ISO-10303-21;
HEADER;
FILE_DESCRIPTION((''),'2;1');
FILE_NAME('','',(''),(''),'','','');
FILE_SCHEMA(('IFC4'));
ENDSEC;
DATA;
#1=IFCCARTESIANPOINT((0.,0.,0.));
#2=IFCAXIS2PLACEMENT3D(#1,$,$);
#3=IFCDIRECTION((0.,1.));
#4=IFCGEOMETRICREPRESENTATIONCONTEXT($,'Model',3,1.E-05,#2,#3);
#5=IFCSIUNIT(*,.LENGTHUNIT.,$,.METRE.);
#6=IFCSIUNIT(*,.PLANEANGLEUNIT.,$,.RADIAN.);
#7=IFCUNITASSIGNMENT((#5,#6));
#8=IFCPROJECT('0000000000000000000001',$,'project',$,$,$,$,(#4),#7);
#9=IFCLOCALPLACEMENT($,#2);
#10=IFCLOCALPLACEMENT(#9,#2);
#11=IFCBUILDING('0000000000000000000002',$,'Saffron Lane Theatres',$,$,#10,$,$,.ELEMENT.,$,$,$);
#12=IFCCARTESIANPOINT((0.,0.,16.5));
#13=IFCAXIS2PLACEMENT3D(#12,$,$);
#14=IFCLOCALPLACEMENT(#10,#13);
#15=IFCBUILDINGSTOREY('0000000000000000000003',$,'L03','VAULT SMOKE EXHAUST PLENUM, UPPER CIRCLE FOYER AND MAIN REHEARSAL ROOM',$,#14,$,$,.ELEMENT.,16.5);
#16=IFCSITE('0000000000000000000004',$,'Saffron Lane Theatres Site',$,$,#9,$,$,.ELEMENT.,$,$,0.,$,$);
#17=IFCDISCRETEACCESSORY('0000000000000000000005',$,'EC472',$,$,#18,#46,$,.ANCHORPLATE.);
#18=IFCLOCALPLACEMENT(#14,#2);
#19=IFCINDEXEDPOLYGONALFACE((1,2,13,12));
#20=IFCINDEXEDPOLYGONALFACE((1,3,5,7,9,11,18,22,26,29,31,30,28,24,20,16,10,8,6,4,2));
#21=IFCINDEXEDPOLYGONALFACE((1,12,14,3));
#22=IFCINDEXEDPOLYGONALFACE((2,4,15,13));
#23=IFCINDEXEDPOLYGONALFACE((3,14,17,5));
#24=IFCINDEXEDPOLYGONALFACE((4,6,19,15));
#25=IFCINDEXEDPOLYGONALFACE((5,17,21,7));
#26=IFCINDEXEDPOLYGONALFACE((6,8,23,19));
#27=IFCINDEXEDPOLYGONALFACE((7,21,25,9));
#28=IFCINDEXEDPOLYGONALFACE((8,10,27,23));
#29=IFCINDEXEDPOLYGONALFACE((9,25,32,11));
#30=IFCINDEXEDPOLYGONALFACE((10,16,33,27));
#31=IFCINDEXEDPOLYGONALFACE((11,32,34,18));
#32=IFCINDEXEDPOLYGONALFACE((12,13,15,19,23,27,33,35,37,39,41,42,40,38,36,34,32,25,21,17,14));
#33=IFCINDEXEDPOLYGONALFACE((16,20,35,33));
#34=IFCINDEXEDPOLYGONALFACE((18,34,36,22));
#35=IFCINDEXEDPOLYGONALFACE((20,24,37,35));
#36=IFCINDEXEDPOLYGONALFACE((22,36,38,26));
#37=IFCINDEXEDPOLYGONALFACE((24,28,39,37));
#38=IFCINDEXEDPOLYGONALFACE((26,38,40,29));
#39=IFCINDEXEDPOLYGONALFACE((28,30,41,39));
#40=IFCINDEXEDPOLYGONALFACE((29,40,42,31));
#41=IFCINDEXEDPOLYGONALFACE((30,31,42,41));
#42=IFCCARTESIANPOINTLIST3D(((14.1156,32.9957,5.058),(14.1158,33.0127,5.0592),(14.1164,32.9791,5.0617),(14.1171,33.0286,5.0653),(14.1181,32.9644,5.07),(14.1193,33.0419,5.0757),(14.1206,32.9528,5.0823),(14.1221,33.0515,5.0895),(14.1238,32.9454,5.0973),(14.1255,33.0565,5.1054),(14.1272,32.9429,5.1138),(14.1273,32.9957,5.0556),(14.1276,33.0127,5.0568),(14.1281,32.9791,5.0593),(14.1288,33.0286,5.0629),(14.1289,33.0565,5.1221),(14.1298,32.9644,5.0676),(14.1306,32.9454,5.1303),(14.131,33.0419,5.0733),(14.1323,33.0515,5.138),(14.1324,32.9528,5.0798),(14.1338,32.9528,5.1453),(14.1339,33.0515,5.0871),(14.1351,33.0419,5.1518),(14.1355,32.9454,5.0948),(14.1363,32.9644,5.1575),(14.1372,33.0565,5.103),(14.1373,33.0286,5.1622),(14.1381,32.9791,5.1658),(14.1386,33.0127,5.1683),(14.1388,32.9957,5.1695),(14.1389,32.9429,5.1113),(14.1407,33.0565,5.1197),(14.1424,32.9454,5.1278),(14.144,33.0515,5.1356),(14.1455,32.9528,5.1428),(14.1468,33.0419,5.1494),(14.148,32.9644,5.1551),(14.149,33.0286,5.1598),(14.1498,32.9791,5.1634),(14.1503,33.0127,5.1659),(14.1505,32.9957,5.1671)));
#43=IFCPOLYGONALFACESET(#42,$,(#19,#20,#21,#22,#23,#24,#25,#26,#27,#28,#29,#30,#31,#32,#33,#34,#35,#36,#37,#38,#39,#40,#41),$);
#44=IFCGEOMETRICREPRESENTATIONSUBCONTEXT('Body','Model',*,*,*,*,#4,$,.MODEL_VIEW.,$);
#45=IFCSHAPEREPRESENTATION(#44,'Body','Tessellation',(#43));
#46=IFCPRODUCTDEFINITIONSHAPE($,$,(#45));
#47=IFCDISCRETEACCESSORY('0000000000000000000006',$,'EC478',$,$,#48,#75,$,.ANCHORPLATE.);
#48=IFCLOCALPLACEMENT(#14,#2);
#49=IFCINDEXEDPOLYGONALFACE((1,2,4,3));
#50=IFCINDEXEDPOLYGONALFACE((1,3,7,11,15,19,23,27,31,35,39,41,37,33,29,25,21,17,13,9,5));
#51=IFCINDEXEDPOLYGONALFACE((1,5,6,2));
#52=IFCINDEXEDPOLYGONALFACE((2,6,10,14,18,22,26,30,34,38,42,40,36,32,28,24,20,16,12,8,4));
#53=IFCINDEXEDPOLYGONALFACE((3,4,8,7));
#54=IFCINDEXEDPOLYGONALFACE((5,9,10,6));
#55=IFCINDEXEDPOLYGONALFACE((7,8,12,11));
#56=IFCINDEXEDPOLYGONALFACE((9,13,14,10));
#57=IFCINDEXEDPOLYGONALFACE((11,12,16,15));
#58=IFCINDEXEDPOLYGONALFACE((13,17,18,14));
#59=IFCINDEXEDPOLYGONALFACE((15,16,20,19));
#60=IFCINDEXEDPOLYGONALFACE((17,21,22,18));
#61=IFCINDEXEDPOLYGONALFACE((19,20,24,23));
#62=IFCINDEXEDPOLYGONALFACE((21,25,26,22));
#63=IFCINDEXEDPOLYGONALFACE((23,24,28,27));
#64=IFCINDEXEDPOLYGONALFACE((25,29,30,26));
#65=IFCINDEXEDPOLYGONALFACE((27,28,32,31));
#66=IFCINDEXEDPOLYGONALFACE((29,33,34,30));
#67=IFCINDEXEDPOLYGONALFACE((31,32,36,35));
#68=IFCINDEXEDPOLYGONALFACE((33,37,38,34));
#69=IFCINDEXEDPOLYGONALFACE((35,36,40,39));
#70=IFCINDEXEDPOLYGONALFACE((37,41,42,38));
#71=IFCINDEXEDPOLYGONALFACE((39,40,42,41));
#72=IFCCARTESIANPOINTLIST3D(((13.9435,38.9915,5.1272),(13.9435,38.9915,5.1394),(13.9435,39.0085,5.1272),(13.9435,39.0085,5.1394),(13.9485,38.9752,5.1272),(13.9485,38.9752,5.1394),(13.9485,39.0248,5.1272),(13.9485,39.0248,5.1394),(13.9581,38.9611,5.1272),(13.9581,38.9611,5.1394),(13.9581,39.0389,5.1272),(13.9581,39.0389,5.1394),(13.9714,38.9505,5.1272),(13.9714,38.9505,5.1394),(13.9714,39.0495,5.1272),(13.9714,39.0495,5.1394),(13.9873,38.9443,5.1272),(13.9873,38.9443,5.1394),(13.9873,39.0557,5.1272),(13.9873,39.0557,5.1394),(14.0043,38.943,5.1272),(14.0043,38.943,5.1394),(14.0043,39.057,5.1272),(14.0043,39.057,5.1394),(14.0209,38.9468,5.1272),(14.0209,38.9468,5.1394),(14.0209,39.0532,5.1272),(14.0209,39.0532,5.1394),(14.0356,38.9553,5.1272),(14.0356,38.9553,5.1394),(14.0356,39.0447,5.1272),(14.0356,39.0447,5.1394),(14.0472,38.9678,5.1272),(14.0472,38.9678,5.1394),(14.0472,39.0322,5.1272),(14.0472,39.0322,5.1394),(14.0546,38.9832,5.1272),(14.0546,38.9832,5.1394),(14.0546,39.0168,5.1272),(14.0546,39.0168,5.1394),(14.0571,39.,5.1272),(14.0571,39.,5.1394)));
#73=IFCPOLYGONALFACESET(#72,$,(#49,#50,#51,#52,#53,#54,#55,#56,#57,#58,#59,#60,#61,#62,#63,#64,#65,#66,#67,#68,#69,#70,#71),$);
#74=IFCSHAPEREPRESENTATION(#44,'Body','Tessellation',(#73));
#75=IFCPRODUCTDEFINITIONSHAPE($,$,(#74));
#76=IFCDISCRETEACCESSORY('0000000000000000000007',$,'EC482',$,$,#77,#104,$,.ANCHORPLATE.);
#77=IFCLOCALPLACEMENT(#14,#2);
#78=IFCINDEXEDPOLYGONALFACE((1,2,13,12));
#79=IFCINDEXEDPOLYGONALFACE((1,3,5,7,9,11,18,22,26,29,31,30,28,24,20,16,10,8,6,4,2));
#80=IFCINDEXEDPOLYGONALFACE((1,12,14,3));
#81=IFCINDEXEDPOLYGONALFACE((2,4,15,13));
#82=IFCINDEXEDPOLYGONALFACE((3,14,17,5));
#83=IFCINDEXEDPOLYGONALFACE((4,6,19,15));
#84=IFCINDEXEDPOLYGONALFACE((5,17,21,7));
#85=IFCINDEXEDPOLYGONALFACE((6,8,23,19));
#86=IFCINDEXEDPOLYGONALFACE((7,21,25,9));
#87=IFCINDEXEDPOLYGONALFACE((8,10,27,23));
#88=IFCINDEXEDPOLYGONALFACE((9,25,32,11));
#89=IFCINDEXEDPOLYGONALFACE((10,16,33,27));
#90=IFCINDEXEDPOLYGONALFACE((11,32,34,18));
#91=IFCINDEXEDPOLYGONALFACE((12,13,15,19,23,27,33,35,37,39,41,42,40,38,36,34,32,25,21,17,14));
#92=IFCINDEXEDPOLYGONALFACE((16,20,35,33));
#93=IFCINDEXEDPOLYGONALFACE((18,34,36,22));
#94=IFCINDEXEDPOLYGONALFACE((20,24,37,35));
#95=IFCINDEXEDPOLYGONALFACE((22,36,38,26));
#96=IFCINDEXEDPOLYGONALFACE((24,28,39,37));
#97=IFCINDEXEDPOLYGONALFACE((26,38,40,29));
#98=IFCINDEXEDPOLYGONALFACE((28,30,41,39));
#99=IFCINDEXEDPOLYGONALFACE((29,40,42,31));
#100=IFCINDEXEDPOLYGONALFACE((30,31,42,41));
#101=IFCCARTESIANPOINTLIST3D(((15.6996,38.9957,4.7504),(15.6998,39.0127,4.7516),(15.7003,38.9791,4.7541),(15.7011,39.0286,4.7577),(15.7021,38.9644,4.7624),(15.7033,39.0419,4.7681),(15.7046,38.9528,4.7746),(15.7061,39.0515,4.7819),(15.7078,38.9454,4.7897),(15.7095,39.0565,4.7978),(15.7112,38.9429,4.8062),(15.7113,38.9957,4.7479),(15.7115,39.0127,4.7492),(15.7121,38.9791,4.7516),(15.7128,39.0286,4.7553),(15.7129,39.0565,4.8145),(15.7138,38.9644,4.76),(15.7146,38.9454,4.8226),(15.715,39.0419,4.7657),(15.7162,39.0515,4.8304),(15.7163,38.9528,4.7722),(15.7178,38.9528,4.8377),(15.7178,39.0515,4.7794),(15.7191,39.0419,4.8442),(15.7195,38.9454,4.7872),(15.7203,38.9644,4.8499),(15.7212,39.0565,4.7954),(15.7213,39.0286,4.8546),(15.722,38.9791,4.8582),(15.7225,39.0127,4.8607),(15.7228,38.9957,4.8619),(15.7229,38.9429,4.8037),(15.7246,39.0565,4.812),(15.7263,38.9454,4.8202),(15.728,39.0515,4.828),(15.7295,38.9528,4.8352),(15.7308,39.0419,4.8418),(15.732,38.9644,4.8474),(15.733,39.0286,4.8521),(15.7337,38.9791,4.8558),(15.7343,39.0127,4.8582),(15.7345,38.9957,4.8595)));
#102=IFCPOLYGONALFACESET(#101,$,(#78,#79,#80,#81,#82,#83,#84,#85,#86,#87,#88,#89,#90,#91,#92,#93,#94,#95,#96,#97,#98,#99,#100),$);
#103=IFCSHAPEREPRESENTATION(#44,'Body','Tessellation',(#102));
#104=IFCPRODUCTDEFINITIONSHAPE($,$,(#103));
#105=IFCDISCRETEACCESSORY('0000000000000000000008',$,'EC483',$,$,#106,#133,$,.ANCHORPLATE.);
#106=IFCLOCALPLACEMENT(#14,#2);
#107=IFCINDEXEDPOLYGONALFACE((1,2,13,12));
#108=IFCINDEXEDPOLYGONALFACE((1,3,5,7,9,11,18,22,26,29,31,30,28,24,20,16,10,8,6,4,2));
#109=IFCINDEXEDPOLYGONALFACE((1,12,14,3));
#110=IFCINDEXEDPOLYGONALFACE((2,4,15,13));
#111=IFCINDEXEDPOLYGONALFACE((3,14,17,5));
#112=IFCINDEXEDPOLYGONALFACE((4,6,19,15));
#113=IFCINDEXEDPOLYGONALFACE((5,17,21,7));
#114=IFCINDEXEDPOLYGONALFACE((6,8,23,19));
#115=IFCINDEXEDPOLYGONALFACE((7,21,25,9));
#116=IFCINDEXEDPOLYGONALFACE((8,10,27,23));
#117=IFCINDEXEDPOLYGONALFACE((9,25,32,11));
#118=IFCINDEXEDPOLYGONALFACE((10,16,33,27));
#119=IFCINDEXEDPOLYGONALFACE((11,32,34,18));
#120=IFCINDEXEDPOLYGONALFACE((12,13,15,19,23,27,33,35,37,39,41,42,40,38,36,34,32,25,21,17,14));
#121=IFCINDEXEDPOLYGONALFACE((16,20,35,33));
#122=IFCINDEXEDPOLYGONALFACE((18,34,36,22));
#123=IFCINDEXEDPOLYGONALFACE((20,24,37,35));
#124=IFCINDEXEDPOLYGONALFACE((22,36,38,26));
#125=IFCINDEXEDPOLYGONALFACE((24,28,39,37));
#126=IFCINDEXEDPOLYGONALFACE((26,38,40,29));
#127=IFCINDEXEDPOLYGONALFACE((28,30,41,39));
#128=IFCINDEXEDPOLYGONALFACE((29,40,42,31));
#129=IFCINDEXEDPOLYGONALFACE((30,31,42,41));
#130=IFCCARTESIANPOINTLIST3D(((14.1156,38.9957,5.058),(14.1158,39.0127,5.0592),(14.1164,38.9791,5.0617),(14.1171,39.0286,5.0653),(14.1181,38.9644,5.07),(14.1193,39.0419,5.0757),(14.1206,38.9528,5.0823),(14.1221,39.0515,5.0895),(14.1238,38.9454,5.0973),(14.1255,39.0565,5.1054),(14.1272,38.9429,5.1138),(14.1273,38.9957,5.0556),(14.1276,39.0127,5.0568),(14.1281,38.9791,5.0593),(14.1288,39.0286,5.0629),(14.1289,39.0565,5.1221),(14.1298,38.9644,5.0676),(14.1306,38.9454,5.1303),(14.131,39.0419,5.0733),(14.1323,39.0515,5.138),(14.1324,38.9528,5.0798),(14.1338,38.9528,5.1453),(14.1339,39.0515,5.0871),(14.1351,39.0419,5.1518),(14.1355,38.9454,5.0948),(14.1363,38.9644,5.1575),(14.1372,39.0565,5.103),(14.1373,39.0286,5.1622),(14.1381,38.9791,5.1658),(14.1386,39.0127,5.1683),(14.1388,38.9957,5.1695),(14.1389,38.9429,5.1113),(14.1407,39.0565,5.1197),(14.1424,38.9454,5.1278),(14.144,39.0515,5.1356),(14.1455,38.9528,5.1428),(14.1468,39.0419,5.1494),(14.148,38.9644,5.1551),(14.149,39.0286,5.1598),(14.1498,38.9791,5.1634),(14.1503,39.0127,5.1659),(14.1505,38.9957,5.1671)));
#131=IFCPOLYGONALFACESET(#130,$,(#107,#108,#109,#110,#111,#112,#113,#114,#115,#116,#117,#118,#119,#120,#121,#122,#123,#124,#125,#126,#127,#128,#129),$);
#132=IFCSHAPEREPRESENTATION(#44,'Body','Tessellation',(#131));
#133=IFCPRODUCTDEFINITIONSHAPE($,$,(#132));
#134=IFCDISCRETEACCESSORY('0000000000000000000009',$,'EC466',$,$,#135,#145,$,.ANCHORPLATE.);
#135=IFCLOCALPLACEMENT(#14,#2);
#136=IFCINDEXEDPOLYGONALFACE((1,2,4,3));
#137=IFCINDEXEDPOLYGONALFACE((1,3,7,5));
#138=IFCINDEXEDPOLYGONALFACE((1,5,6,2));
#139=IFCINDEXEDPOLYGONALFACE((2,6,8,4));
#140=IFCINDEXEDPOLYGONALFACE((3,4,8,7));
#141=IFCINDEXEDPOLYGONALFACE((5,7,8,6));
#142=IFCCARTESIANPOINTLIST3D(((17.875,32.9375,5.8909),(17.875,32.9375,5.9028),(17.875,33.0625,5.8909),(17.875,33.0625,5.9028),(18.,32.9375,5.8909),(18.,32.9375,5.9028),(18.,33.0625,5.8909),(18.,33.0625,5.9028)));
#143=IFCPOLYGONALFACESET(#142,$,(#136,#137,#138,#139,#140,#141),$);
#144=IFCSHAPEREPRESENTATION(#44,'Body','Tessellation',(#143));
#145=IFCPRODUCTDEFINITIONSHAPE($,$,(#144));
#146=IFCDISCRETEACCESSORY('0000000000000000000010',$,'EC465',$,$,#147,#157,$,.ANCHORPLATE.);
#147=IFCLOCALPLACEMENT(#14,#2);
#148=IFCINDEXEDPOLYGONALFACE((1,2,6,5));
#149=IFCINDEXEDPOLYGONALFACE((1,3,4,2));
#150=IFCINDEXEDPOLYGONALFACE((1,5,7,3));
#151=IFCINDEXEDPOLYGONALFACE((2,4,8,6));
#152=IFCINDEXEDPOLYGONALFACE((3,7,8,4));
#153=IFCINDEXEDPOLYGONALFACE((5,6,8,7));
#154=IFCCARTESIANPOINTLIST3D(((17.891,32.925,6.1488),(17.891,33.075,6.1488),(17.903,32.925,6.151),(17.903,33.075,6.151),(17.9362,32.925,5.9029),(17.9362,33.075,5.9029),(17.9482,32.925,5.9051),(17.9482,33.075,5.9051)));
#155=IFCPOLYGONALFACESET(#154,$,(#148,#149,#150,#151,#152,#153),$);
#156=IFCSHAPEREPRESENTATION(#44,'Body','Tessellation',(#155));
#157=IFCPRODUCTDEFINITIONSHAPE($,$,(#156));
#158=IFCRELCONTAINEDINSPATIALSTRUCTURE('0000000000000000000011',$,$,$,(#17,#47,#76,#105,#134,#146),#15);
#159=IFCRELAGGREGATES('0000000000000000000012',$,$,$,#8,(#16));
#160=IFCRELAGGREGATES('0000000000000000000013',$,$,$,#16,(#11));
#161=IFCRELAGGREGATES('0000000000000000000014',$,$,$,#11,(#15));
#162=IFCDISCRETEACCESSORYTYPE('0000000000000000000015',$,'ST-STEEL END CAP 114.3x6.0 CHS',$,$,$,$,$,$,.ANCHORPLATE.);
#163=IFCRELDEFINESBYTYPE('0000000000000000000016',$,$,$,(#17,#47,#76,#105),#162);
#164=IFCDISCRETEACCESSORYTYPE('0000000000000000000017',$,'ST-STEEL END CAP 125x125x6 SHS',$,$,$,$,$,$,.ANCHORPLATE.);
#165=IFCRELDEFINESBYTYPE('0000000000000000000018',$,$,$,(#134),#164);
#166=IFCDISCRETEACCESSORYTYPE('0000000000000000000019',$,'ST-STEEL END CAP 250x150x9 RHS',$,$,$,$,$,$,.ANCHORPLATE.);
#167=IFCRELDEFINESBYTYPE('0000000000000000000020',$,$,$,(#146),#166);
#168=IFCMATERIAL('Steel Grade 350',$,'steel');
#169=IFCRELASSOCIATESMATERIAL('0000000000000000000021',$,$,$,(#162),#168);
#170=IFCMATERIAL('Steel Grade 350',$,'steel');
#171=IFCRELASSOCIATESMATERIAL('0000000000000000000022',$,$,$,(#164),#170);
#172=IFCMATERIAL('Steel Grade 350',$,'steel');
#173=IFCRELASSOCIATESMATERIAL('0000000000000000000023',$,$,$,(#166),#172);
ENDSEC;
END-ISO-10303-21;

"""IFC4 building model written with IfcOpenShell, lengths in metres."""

from ifc_helpers import new_model, si_unit, direction, frame, origin, origin_2d, place, context, subcontext, project, spatial, rectangle, circle, extrude, material, material_profile, profile_set, type_object, element, save


model = new_model("IFC4")

# Units and contexts
model_context = context("Model", 3, precision=1e-05, world=origin(), true_north=direction((0.0, 1.0)))
body_context = subcontext(model_context, "Body", "Model", "MODEL_VIEW")
ifc_project = project(units=[si_unit("LENGTHUNIT", "METRE"), si_unit("PLANEANGLEUNIT", "RADIAN")], contexts=[model_context])

# Site, building, storey
site_placement = place(None, origin())
site = spatial("IfcSite", under=ifc_project, at=site_placement, Name="Saffron Lane Theatres Site", CompositionType="ELEMENT", RefElevation=0.0)
building_placement = place(site_placement, origin())
building = spatial("IfcBuilding", under=site, at=building_placement, Name="Saffron Lane Theatres", CompositionType="ELEMENT")
storey_placement = place(building_placement, frame((0.0, 0.0, 16.5)))
storey = spatial("IfcBuildingStorey", under=building, at=storey_placement, Name="L03", Description="VAULT SMOKE EXHAUST PLENUM, UPPER CIRCLE FOYER AND MAIN REHEARSAL ROOM", CompositionType="ELEMENT", Elevation=16.5)

# Discrete accessories
ifc_material_1 = material(Name="Steel Grade 350", Category="steel")
ifc_material_profile_1 = material_profile(ifc_material_1, circle(Radius=0.0571, at=origin_2d()))
ifc_profile_set_1 = profile_set([ifc_material_profile_1], Name="Steel Grade 350")
discrete_accessory_type_1 = type_object("IfcDiscreteAccessoryType", Name="ST-STEEL END CAP 114.3x6.0 CHS", PredefinedType="ANCHORPLATE", material=ifc_profile_set_1)
for number, where, z_axis, x_axis, name in (
    (1, (14.1389, 33.0, 5.1113), (-0.97898, 0.0, 0.203954), (0.0, -1.0, 0.0), "EC472"),
):
    element("IfcDiscreteAccessory", number, at=place(storey_placement, frame(where, z_axis=z_axis, x_axis=x_axis)), inside=storey, type_object=discrete_accessory_type_1, Name=name, PredefinedType="ANCHORPLATE", context=body_context, shape_type="SweptSolid", body=[
        extrude(circle(Radius=0.0571, at=origin_2d()), origin(), (0.0, 0.0, 1.0), 0.012),
    ])
discrete_accessory_1_placement = place(storey_placement, frame((14.0, 39.0, 5.1272), z_axis=(0.0, 0.0, 1.0), x_axis=(1.0, 0.0, 0.0)))
element("IfcDiscreteAccessory", 2, at=discrete_accessory_1_placement, inside=storey, type_object=discrete_accessory_type_1, Name="EC478", PredefinedType="ANCHORPLATE", context=body_context, shape_type="SweptSolid", body=[
    extrude(circle(Radius=0.0571, at=origin_2d()), origin(), (0.0, 0.0, 1.0), 0.0122),
])
for number, where, z_axis, x_axis, name in (
    (3, (15.7229, 39.0, 4.8037), (-0.97898, 0.0, 0.203954), (0.0, -1.0, 0.0), "EC482"),
    (4, (14.1389, 39.0, 5.1113), (-0.97898, 0.0, 0.203954), (0.0, -1.0, 0.0), "EC483"),
):
    element("IfcDiscreteAccessory", number, at=place(storey_placement, frame(where, z_axis=z_axis, x_axis=x_axis)), inside=storey, type_object=discrete_accessory_type_1, Name=name, PredefinedType="ANCHORPLATE", context=body_context, shape_type="SweptSolid", body=[
        extrude(circle(Radius=0.0571, at=origin_2d()), origin(), (0.0, 0.0, 1.0), 0.012),
    ])
ifc_material_2 = material(Name="Steel Grade 350", Category="steel")
ifc_material_profile_2 = material_profile(ifc_material_2, rectangle(XDim=0.125, YDim=0.125, at=origin_2d()))
ifc_profile_set_2 = profile_set([ifc_material_profile_2], Name="Steel Grade 350")
discrete_accessory_type_2 = type_object("IfcDiscreteAccessoryType", Name="ST-STEEL END CAP 125x125x6 SHS", PredefinedType="ANCHORPLATE", material=ifc_profile_set_2)
discrete_accessory_2_placement = place(storey_placement, frame((17.9375, 33.0, 5.8909), z_axis=(0.0, 0.0, 1.0), x_axis=(1.0, 0.0, 0.0)))
element("IfcDiscreteAccessory", 5, at=discrete_accessory_2_placement, inside=storey, type_object=discrete_accessory_type_2, Name="EC466", PredefinedType="ANCHORPLATE", context=body_context, shape_type="SweptSolid", body=[
    extrude(rectangle(XDim=0.125, YDim=0.125, at=origin_2d()), origin(), (0.0, 0.0, 1.0), 0.012),
])
ifc_material_3 = material(Name="Steel Grade 350", Category="steel")
ifc_material_profile_3 = material_profile(ifc_material_3, rectangle(XDim=0.1499, YDim=0.25, at=origin_2d()))
ifc_profile_set_3 = profile_set([ifc_material_profile_3], Name="Steel Grade 350")
discrete_accessory_type_3 = type_object("IfcDiscreteAccessoryType", Name="ST-STEEL END CAP 250x150x9 RHS", PredefinedType="ANCHORPLATE", material=ifc_profile_set_3)
discrete_accessory_3_placement = place(storey_placement, frame((17.9136, 33.0, 6.0259), z_axis=(0.983547, 0.0, 0.180652), x_axis=(0.0, 1.0, 0.0)))
element("IfcDiscreteAccessory", 6, at=discrete_accessory_3_placement, inside=storey, type_object=discrete_accessory_type_3, Name="EC465", PredefinedType="ANCHORPLATE", context=body_context, shape_type="SweptSolid", body=[
    extrude(rectangle(XDim=0.1499, YDim=0.25, at=origin_2d()), origin(), (0.0, 0.0, 1.0), 0.0122),
])

save(model, "model.ifc")
